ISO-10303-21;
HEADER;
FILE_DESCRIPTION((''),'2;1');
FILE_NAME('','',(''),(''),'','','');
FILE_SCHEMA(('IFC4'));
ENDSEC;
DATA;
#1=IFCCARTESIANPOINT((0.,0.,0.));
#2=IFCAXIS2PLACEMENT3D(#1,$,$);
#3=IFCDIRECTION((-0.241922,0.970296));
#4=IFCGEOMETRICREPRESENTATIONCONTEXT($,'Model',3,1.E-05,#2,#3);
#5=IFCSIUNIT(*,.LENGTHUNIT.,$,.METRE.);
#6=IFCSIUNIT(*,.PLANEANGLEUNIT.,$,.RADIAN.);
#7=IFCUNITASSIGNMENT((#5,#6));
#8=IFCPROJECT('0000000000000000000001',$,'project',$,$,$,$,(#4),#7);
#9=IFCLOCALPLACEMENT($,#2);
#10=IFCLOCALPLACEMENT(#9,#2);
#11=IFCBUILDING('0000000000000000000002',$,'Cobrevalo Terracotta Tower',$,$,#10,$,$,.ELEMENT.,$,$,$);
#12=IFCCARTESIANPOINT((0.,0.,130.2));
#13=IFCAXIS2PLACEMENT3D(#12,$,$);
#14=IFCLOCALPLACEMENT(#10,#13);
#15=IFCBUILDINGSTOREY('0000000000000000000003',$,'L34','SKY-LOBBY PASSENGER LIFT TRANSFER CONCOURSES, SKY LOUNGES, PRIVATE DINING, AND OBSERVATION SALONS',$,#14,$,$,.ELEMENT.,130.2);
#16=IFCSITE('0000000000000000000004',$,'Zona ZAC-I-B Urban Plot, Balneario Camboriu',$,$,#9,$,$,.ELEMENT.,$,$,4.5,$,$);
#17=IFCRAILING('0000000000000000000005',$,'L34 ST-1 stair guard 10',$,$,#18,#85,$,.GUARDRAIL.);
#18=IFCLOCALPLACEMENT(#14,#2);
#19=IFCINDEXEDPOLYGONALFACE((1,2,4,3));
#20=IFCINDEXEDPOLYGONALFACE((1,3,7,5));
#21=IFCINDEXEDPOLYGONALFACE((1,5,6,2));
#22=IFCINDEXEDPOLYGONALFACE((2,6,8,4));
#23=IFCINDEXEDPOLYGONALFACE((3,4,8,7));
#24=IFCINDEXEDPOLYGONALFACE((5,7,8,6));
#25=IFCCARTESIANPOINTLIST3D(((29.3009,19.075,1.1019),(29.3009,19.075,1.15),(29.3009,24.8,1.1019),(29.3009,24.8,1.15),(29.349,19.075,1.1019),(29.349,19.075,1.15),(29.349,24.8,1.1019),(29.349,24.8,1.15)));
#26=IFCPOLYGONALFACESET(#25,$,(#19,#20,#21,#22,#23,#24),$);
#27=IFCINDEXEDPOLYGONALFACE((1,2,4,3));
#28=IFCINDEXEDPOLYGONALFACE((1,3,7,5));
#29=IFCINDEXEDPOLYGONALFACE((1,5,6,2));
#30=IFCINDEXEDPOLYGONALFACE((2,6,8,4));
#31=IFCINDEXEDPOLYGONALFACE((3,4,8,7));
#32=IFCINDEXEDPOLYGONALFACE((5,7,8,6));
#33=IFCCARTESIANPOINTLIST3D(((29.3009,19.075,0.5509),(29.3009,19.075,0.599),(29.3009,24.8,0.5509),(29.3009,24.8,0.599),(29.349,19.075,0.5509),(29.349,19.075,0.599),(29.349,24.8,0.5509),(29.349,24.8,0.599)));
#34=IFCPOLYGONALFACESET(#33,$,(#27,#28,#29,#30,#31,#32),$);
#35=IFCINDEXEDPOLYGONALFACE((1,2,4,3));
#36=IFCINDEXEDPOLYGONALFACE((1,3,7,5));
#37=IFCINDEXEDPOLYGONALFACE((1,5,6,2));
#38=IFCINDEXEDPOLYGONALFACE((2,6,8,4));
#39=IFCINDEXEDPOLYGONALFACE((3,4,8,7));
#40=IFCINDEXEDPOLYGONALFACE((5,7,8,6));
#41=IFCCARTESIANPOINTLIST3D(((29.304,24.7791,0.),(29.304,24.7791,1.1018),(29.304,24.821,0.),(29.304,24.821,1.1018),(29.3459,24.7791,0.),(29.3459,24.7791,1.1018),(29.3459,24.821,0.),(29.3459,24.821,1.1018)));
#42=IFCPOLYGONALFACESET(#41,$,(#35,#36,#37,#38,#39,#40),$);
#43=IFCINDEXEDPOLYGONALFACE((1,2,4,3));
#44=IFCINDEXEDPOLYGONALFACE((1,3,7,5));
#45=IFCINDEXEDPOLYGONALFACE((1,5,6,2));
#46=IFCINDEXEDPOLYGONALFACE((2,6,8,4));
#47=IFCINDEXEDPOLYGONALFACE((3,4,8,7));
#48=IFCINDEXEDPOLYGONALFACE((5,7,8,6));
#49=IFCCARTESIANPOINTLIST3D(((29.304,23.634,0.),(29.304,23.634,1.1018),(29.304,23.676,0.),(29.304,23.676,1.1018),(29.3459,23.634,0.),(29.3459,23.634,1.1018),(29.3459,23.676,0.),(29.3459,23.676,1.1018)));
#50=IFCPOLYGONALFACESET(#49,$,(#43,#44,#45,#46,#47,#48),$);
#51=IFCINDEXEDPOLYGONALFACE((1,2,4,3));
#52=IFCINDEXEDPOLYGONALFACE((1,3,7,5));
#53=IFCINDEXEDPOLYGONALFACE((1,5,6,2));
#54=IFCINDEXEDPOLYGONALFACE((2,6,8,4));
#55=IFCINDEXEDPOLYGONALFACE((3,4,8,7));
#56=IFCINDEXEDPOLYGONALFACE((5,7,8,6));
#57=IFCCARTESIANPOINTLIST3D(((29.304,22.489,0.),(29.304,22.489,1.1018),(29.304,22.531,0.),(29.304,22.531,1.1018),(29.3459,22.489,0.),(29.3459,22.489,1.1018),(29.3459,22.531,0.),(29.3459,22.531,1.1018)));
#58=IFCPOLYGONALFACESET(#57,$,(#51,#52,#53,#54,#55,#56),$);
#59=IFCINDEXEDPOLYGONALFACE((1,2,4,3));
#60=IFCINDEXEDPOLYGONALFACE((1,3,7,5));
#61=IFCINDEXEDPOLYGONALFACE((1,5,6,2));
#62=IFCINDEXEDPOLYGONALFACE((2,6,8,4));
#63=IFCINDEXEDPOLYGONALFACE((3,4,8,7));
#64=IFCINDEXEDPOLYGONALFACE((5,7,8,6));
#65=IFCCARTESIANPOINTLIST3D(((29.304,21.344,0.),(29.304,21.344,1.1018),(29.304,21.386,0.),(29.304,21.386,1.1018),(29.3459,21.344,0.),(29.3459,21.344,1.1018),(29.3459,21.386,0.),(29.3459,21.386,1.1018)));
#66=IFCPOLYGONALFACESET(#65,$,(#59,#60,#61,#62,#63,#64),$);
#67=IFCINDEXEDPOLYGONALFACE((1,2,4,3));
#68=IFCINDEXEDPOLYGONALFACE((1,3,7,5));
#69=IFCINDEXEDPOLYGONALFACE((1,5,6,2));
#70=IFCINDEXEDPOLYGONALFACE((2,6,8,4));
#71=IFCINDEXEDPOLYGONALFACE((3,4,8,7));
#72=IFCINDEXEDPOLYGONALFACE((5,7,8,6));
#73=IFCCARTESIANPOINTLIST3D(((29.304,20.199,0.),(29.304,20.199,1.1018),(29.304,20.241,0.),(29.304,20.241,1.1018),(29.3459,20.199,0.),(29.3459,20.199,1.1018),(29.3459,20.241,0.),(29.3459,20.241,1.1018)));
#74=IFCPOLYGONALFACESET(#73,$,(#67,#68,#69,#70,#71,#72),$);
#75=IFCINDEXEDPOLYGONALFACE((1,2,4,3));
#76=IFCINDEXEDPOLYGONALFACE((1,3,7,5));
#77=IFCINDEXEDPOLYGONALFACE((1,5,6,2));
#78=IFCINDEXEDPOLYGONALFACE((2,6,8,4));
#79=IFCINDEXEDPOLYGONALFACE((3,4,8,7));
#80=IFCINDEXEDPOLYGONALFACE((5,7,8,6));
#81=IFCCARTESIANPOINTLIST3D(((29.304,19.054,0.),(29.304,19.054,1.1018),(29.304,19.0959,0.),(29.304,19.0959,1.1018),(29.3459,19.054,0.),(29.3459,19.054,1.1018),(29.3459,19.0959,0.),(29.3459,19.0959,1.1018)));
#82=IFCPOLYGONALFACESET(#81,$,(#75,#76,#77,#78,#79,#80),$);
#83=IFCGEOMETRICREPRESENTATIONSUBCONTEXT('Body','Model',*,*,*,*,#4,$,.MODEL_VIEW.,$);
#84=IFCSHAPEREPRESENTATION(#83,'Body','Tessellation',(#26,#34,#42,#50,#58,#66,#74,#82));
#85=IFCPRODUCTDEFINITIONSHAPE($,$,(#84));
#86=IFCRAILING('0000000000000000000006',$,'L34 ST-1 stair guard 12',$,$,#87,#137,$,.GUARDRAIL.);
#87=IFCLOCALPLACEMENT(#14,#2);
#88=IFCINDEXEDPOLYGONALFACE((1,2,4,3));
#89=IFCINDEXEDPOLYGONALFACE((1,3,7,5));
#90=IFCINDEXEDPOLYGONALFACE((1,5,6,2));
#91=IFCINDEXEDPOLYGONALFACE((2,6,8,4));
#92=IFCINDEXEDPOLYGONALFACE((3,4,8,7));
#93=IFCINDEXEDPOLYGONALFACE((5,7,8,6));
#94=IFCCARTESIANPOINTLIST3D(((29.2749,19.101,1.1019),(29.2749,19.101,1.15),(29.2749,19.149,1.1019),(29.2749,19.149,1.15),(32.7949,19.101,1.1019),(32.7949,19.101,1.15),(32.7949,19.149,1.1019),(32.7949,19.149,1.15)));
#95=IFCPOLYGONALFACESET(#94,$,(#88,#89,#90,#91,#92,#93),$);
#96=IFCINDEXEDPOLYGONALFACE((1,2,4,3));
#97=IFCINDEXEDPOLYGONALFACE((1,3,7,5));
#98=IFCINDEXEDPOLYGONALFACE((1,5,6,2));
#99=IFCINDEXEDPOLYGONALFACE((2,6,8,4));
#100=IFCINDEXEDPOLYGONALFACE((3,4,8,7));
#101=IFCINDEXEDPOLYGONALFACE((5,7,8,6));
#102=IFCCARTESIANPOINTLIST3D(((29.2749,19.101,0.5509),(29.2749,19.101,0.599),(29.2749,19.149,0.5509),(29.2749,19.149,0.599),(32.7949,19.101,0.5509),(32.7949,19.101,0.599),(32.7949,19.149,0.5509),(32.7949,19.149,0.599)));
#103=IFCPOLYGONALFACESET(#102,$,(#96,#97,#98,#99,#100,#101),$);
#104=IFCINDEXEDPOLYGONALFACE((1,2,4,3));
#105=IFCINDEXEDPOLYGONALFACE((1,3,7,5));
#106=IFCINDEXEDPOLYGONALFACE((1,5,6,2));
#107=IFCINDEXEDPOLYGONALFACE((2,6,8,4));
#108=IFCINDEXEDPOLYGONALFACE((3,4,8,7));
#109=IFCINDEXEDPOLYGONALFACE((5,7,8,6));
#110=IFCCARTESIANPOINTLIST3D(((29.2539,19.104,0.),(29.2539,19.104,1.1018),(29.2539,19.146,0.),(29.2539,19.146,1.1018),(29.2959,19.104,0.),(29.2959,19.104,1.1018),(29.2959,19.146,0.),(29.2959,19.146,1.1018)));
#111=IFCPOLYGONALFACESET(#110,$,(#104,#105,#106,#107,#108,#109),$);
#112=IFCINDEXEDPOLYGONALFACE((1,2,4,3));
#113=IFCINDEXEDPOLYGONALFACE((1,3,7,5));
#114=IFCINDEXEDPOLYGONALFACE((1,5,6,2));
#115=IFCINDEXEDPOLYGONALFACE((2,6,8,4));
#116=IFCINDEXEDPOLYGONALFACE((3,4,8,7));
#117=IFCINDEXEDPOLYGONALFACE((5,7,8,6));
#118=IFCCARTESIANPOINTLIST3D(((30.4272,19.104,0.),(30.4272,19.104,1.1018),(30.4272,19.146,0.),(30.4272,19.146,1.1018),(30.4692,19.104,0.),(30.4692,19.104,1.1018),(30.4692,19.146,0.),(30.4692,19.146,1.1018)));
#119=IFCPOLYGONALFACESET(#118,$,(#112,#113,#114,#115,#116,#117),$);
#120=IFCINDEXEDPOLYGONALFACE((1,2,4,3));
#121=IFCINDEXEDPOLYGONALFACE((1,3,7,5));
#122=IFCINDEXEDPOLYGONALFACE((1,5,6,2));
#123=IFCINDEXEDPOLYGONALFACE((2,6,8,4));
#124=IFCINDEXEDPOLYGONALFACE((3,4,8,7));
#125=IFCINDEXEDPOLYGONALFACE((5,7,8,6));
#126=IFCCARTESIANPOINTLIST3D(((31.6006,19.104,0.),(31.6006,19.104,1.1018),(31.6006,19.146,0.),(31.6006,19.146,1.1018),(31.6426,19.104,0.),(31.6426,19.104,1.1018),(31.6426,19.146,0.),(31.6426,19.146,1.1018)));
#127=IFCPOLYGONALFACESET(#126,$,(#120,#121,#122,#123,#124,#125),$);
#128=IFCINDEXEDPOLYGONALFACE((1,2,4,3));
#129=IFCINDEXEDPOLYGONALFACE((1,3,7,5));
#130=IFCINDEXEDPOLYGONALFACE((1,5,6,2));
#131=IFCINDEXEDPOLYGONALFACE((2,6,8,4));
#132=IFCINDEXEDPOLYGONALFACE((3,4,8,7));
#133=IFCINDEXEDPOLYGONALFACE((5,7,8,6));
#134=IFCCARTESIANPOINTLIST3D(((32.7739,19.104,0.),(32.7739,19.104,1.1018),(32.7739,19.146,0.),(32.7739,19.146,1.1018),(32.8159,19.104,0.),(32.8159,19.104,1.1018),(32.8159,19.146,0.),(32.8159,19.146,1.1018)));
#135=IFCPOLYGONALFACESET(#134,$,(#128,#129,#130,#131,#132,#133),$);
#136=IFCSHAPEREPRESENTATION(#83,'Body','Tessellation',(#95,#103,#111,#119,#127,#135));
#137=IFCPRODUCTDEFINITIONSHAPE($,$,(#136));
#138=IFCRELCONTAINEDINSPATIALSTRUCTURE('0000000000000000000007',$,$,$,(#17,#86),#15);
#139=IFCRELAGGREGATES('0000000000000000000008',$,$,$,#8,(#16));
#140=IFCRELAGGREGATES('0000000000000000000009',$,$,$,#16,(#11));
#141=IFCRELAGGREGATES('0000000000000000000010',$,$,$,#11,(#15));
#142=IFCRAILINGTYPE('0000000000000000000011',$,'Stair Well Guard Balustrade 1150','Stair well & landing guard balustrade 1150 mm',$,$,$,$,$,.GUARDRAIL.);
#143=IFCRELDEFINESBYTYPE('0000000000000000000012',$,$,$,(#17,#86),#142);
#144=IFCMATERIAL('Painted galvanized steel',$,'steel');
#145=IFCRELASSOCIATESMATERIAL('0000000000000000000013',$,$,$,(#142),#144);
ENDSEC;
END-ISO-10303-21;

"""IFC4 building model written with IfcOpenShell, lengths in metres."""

from ifc_helpers import new_model, si_unit, direction, frame, origin, origin_2d, place, context, subcontext, project, spatial, rectangle, extrude, material, type_object, element, save


model = new_model("IFC4")

# Units and contexts
model_context = context("Model", 3, precision=1e-05, world=origin(), true_north=direction((-0.241922, 0.970296)))
body_context = subcontext(model_context, "Body", "Model", "MODEL_VIEW")
ifc_project = project(units=[si_unit("LENGTHUNIT", "METRE"), si_unit("PLANEANGLEUNIT", "RADIAN")], contexts=[model_context])

# Site, building, storey
site_placement = place(None, origin())
site = spatial("IfcSite", under=ifc_project, at=site_placement, Name="Zona ZAC-I-B Urban Plot, Balneario Camboriu", CompositionType="ELEMENT", RefElevation=4.5)
building_placement = place(site_placement, origin())
building = spatial("IfcBuilding", under=site, at=building_placement, Name="Cobrevalo Terracotta Tower", CompositionType="ELEMENT")
storey_placement = place(building_placement, frame((0.0, 0.0, 130.2)))
storey = spatial("IfcBuildingStorey", under=building, at=storey_placement, Name="L34", Description="SKY-LOBBY PASSENGER LIFT TRANSFER CONCOURSES, SKY LOUNGES, PRIVATE DINING, AND OBSERVATION SALONS", CompositionType="ELEMENT", Elevation=130.2)

# Railings
ifc_material_1 = material(Name="Painted galvanized steel", Category="steel")
railing_type_1 = type_object("IfcRailingType", Name="Stair Well Guard Balustrade 1150", Description="Stair well & landing guard balustrade 1150 mm", PredefinedType="GUARDRAIL", material=ifc_material_1)
railing_1_placement = place(storey_placement, frame((29.325, 24.8, 0.0)))
element("IfcRailing", 1, at=railing_1_placement, inside=storey, type_object=railing_type_1, Name="L34 ST-1 stair guard 10", PredefinedType="GUARDRAIL", context=body_context, shape_type="SweptSolid", body=[
    extrude(rectangle(XDim=0.0481, YDim=0.0481, at=origin_2d()), frame((0.0, 0.0, 1.126), z_axis=(0.0, -1.0, 0.0), x_axis=(1.0, 0.0, 0.0)), (0.0, 0.0, 1.0), 5.7251),
    extrude(rectangle(XDim=0.0481, YDim=0.0481, at=origin_2d()), frame((0.0, 0.0, 0.575), z_axis=(0.0, -1.0, 0.0), x_axis=(1.0, 0.0, 0.0)), (0.0, 0.0, 1.0), 5.7251),
    extrude(rectangle(XDim=0.042, YDim=0.042, at=origin_2d()), origin(), (0.0, 0.0, 1.0), 1.1018),
    extrude(rectangle(XDim=0.042, YDim=0.042, at=origin_2d()), frame((0.0, -1.145, 0.0)), (0.0, 0.0, 1.0), 1.1018),
    extrude(rectangle(XDim=0.042, YDim=0.042, at=origin_2d()), frame((0.0, -2.29, 0.0)), (0.0, 0.0, 1.0), 1.1018),
    extrude(rectangle(XDim=0.042, YDim=0.042, at=origin_2d()), frame((0.0, -3.4351, 0.0)), (0.0, 0.0, 1.0), 1.1018),
    extrude(rectangle(XDim=0.042, YDim=0.042, at=origin_2d()), frame((0.0, -4.5801, 0.0)), (0.0, 0.0, 1.0), 1.1018),
    extrude(rectangle(XDim=0.042, YDim=0.042, at=origin_2d()), frame((0.0, -5.7251, 0.0)), (0.0, 0.0, 1.0), 1.1018),
])
railing_2_placement = place(storey_placement, frame((29.2749, 19.125, 0.0)))
element("IfcRailing", 2, at=railing_2_placement, inside=storey, type_object=railing_type_1, Name="L34 ST-1 stair guard 12", PredefinedType="GUARDRAIL", context=body_context, shape_type="SweptSolid", body=[
    extrude(rectangle(XDim=0.0481, YDim=0.0481, at=origin_2d()), frame((0.0, 0.0, 1.126), z_axis=(1.0, 0.0, 0.0), x_axis=(0.0, 1.0, 0.0)), (0.0, 0.0, 1.0), 3.52),
    extrude(rectangle(XDim=0.0481, YDim=0.0481, at=origin_2d()), frame((0.0, 0.0, 0.575), z_axis=(1.0, 0.0, 0.0), x_axis=(0.0, 1.0, 0.0)), (0.0, 0.0, 1.0), 3.52),
    extrude(rectangle(XDim=0.042, YDim=0.042, at=origin_2d()), origin(), (0.0, 0.0, 1.0), 1.1018),
    extrude(rectangle(XDim=0.042, YDim=0.042, at=origin_2d()), frame((1.1733, 0.0, 0.0)), (0.0, 0.0, 1.0), 1.1018),
    extrude(rectangle(XDim=0.042, YDim=0.042, at=origin_2d()), frame((2.3467, 0.0, 0.0)), (0.0, 0.0, 1.0), 1.1018),
    extrude(rectangle(XDim=0.042, YDim=0.042, at=origin_2d()), frame((3.52, 0.0, 0.0)), (0.0, 0.0, 1.0), 1.1018),
])

save(model, "model.ifc")
